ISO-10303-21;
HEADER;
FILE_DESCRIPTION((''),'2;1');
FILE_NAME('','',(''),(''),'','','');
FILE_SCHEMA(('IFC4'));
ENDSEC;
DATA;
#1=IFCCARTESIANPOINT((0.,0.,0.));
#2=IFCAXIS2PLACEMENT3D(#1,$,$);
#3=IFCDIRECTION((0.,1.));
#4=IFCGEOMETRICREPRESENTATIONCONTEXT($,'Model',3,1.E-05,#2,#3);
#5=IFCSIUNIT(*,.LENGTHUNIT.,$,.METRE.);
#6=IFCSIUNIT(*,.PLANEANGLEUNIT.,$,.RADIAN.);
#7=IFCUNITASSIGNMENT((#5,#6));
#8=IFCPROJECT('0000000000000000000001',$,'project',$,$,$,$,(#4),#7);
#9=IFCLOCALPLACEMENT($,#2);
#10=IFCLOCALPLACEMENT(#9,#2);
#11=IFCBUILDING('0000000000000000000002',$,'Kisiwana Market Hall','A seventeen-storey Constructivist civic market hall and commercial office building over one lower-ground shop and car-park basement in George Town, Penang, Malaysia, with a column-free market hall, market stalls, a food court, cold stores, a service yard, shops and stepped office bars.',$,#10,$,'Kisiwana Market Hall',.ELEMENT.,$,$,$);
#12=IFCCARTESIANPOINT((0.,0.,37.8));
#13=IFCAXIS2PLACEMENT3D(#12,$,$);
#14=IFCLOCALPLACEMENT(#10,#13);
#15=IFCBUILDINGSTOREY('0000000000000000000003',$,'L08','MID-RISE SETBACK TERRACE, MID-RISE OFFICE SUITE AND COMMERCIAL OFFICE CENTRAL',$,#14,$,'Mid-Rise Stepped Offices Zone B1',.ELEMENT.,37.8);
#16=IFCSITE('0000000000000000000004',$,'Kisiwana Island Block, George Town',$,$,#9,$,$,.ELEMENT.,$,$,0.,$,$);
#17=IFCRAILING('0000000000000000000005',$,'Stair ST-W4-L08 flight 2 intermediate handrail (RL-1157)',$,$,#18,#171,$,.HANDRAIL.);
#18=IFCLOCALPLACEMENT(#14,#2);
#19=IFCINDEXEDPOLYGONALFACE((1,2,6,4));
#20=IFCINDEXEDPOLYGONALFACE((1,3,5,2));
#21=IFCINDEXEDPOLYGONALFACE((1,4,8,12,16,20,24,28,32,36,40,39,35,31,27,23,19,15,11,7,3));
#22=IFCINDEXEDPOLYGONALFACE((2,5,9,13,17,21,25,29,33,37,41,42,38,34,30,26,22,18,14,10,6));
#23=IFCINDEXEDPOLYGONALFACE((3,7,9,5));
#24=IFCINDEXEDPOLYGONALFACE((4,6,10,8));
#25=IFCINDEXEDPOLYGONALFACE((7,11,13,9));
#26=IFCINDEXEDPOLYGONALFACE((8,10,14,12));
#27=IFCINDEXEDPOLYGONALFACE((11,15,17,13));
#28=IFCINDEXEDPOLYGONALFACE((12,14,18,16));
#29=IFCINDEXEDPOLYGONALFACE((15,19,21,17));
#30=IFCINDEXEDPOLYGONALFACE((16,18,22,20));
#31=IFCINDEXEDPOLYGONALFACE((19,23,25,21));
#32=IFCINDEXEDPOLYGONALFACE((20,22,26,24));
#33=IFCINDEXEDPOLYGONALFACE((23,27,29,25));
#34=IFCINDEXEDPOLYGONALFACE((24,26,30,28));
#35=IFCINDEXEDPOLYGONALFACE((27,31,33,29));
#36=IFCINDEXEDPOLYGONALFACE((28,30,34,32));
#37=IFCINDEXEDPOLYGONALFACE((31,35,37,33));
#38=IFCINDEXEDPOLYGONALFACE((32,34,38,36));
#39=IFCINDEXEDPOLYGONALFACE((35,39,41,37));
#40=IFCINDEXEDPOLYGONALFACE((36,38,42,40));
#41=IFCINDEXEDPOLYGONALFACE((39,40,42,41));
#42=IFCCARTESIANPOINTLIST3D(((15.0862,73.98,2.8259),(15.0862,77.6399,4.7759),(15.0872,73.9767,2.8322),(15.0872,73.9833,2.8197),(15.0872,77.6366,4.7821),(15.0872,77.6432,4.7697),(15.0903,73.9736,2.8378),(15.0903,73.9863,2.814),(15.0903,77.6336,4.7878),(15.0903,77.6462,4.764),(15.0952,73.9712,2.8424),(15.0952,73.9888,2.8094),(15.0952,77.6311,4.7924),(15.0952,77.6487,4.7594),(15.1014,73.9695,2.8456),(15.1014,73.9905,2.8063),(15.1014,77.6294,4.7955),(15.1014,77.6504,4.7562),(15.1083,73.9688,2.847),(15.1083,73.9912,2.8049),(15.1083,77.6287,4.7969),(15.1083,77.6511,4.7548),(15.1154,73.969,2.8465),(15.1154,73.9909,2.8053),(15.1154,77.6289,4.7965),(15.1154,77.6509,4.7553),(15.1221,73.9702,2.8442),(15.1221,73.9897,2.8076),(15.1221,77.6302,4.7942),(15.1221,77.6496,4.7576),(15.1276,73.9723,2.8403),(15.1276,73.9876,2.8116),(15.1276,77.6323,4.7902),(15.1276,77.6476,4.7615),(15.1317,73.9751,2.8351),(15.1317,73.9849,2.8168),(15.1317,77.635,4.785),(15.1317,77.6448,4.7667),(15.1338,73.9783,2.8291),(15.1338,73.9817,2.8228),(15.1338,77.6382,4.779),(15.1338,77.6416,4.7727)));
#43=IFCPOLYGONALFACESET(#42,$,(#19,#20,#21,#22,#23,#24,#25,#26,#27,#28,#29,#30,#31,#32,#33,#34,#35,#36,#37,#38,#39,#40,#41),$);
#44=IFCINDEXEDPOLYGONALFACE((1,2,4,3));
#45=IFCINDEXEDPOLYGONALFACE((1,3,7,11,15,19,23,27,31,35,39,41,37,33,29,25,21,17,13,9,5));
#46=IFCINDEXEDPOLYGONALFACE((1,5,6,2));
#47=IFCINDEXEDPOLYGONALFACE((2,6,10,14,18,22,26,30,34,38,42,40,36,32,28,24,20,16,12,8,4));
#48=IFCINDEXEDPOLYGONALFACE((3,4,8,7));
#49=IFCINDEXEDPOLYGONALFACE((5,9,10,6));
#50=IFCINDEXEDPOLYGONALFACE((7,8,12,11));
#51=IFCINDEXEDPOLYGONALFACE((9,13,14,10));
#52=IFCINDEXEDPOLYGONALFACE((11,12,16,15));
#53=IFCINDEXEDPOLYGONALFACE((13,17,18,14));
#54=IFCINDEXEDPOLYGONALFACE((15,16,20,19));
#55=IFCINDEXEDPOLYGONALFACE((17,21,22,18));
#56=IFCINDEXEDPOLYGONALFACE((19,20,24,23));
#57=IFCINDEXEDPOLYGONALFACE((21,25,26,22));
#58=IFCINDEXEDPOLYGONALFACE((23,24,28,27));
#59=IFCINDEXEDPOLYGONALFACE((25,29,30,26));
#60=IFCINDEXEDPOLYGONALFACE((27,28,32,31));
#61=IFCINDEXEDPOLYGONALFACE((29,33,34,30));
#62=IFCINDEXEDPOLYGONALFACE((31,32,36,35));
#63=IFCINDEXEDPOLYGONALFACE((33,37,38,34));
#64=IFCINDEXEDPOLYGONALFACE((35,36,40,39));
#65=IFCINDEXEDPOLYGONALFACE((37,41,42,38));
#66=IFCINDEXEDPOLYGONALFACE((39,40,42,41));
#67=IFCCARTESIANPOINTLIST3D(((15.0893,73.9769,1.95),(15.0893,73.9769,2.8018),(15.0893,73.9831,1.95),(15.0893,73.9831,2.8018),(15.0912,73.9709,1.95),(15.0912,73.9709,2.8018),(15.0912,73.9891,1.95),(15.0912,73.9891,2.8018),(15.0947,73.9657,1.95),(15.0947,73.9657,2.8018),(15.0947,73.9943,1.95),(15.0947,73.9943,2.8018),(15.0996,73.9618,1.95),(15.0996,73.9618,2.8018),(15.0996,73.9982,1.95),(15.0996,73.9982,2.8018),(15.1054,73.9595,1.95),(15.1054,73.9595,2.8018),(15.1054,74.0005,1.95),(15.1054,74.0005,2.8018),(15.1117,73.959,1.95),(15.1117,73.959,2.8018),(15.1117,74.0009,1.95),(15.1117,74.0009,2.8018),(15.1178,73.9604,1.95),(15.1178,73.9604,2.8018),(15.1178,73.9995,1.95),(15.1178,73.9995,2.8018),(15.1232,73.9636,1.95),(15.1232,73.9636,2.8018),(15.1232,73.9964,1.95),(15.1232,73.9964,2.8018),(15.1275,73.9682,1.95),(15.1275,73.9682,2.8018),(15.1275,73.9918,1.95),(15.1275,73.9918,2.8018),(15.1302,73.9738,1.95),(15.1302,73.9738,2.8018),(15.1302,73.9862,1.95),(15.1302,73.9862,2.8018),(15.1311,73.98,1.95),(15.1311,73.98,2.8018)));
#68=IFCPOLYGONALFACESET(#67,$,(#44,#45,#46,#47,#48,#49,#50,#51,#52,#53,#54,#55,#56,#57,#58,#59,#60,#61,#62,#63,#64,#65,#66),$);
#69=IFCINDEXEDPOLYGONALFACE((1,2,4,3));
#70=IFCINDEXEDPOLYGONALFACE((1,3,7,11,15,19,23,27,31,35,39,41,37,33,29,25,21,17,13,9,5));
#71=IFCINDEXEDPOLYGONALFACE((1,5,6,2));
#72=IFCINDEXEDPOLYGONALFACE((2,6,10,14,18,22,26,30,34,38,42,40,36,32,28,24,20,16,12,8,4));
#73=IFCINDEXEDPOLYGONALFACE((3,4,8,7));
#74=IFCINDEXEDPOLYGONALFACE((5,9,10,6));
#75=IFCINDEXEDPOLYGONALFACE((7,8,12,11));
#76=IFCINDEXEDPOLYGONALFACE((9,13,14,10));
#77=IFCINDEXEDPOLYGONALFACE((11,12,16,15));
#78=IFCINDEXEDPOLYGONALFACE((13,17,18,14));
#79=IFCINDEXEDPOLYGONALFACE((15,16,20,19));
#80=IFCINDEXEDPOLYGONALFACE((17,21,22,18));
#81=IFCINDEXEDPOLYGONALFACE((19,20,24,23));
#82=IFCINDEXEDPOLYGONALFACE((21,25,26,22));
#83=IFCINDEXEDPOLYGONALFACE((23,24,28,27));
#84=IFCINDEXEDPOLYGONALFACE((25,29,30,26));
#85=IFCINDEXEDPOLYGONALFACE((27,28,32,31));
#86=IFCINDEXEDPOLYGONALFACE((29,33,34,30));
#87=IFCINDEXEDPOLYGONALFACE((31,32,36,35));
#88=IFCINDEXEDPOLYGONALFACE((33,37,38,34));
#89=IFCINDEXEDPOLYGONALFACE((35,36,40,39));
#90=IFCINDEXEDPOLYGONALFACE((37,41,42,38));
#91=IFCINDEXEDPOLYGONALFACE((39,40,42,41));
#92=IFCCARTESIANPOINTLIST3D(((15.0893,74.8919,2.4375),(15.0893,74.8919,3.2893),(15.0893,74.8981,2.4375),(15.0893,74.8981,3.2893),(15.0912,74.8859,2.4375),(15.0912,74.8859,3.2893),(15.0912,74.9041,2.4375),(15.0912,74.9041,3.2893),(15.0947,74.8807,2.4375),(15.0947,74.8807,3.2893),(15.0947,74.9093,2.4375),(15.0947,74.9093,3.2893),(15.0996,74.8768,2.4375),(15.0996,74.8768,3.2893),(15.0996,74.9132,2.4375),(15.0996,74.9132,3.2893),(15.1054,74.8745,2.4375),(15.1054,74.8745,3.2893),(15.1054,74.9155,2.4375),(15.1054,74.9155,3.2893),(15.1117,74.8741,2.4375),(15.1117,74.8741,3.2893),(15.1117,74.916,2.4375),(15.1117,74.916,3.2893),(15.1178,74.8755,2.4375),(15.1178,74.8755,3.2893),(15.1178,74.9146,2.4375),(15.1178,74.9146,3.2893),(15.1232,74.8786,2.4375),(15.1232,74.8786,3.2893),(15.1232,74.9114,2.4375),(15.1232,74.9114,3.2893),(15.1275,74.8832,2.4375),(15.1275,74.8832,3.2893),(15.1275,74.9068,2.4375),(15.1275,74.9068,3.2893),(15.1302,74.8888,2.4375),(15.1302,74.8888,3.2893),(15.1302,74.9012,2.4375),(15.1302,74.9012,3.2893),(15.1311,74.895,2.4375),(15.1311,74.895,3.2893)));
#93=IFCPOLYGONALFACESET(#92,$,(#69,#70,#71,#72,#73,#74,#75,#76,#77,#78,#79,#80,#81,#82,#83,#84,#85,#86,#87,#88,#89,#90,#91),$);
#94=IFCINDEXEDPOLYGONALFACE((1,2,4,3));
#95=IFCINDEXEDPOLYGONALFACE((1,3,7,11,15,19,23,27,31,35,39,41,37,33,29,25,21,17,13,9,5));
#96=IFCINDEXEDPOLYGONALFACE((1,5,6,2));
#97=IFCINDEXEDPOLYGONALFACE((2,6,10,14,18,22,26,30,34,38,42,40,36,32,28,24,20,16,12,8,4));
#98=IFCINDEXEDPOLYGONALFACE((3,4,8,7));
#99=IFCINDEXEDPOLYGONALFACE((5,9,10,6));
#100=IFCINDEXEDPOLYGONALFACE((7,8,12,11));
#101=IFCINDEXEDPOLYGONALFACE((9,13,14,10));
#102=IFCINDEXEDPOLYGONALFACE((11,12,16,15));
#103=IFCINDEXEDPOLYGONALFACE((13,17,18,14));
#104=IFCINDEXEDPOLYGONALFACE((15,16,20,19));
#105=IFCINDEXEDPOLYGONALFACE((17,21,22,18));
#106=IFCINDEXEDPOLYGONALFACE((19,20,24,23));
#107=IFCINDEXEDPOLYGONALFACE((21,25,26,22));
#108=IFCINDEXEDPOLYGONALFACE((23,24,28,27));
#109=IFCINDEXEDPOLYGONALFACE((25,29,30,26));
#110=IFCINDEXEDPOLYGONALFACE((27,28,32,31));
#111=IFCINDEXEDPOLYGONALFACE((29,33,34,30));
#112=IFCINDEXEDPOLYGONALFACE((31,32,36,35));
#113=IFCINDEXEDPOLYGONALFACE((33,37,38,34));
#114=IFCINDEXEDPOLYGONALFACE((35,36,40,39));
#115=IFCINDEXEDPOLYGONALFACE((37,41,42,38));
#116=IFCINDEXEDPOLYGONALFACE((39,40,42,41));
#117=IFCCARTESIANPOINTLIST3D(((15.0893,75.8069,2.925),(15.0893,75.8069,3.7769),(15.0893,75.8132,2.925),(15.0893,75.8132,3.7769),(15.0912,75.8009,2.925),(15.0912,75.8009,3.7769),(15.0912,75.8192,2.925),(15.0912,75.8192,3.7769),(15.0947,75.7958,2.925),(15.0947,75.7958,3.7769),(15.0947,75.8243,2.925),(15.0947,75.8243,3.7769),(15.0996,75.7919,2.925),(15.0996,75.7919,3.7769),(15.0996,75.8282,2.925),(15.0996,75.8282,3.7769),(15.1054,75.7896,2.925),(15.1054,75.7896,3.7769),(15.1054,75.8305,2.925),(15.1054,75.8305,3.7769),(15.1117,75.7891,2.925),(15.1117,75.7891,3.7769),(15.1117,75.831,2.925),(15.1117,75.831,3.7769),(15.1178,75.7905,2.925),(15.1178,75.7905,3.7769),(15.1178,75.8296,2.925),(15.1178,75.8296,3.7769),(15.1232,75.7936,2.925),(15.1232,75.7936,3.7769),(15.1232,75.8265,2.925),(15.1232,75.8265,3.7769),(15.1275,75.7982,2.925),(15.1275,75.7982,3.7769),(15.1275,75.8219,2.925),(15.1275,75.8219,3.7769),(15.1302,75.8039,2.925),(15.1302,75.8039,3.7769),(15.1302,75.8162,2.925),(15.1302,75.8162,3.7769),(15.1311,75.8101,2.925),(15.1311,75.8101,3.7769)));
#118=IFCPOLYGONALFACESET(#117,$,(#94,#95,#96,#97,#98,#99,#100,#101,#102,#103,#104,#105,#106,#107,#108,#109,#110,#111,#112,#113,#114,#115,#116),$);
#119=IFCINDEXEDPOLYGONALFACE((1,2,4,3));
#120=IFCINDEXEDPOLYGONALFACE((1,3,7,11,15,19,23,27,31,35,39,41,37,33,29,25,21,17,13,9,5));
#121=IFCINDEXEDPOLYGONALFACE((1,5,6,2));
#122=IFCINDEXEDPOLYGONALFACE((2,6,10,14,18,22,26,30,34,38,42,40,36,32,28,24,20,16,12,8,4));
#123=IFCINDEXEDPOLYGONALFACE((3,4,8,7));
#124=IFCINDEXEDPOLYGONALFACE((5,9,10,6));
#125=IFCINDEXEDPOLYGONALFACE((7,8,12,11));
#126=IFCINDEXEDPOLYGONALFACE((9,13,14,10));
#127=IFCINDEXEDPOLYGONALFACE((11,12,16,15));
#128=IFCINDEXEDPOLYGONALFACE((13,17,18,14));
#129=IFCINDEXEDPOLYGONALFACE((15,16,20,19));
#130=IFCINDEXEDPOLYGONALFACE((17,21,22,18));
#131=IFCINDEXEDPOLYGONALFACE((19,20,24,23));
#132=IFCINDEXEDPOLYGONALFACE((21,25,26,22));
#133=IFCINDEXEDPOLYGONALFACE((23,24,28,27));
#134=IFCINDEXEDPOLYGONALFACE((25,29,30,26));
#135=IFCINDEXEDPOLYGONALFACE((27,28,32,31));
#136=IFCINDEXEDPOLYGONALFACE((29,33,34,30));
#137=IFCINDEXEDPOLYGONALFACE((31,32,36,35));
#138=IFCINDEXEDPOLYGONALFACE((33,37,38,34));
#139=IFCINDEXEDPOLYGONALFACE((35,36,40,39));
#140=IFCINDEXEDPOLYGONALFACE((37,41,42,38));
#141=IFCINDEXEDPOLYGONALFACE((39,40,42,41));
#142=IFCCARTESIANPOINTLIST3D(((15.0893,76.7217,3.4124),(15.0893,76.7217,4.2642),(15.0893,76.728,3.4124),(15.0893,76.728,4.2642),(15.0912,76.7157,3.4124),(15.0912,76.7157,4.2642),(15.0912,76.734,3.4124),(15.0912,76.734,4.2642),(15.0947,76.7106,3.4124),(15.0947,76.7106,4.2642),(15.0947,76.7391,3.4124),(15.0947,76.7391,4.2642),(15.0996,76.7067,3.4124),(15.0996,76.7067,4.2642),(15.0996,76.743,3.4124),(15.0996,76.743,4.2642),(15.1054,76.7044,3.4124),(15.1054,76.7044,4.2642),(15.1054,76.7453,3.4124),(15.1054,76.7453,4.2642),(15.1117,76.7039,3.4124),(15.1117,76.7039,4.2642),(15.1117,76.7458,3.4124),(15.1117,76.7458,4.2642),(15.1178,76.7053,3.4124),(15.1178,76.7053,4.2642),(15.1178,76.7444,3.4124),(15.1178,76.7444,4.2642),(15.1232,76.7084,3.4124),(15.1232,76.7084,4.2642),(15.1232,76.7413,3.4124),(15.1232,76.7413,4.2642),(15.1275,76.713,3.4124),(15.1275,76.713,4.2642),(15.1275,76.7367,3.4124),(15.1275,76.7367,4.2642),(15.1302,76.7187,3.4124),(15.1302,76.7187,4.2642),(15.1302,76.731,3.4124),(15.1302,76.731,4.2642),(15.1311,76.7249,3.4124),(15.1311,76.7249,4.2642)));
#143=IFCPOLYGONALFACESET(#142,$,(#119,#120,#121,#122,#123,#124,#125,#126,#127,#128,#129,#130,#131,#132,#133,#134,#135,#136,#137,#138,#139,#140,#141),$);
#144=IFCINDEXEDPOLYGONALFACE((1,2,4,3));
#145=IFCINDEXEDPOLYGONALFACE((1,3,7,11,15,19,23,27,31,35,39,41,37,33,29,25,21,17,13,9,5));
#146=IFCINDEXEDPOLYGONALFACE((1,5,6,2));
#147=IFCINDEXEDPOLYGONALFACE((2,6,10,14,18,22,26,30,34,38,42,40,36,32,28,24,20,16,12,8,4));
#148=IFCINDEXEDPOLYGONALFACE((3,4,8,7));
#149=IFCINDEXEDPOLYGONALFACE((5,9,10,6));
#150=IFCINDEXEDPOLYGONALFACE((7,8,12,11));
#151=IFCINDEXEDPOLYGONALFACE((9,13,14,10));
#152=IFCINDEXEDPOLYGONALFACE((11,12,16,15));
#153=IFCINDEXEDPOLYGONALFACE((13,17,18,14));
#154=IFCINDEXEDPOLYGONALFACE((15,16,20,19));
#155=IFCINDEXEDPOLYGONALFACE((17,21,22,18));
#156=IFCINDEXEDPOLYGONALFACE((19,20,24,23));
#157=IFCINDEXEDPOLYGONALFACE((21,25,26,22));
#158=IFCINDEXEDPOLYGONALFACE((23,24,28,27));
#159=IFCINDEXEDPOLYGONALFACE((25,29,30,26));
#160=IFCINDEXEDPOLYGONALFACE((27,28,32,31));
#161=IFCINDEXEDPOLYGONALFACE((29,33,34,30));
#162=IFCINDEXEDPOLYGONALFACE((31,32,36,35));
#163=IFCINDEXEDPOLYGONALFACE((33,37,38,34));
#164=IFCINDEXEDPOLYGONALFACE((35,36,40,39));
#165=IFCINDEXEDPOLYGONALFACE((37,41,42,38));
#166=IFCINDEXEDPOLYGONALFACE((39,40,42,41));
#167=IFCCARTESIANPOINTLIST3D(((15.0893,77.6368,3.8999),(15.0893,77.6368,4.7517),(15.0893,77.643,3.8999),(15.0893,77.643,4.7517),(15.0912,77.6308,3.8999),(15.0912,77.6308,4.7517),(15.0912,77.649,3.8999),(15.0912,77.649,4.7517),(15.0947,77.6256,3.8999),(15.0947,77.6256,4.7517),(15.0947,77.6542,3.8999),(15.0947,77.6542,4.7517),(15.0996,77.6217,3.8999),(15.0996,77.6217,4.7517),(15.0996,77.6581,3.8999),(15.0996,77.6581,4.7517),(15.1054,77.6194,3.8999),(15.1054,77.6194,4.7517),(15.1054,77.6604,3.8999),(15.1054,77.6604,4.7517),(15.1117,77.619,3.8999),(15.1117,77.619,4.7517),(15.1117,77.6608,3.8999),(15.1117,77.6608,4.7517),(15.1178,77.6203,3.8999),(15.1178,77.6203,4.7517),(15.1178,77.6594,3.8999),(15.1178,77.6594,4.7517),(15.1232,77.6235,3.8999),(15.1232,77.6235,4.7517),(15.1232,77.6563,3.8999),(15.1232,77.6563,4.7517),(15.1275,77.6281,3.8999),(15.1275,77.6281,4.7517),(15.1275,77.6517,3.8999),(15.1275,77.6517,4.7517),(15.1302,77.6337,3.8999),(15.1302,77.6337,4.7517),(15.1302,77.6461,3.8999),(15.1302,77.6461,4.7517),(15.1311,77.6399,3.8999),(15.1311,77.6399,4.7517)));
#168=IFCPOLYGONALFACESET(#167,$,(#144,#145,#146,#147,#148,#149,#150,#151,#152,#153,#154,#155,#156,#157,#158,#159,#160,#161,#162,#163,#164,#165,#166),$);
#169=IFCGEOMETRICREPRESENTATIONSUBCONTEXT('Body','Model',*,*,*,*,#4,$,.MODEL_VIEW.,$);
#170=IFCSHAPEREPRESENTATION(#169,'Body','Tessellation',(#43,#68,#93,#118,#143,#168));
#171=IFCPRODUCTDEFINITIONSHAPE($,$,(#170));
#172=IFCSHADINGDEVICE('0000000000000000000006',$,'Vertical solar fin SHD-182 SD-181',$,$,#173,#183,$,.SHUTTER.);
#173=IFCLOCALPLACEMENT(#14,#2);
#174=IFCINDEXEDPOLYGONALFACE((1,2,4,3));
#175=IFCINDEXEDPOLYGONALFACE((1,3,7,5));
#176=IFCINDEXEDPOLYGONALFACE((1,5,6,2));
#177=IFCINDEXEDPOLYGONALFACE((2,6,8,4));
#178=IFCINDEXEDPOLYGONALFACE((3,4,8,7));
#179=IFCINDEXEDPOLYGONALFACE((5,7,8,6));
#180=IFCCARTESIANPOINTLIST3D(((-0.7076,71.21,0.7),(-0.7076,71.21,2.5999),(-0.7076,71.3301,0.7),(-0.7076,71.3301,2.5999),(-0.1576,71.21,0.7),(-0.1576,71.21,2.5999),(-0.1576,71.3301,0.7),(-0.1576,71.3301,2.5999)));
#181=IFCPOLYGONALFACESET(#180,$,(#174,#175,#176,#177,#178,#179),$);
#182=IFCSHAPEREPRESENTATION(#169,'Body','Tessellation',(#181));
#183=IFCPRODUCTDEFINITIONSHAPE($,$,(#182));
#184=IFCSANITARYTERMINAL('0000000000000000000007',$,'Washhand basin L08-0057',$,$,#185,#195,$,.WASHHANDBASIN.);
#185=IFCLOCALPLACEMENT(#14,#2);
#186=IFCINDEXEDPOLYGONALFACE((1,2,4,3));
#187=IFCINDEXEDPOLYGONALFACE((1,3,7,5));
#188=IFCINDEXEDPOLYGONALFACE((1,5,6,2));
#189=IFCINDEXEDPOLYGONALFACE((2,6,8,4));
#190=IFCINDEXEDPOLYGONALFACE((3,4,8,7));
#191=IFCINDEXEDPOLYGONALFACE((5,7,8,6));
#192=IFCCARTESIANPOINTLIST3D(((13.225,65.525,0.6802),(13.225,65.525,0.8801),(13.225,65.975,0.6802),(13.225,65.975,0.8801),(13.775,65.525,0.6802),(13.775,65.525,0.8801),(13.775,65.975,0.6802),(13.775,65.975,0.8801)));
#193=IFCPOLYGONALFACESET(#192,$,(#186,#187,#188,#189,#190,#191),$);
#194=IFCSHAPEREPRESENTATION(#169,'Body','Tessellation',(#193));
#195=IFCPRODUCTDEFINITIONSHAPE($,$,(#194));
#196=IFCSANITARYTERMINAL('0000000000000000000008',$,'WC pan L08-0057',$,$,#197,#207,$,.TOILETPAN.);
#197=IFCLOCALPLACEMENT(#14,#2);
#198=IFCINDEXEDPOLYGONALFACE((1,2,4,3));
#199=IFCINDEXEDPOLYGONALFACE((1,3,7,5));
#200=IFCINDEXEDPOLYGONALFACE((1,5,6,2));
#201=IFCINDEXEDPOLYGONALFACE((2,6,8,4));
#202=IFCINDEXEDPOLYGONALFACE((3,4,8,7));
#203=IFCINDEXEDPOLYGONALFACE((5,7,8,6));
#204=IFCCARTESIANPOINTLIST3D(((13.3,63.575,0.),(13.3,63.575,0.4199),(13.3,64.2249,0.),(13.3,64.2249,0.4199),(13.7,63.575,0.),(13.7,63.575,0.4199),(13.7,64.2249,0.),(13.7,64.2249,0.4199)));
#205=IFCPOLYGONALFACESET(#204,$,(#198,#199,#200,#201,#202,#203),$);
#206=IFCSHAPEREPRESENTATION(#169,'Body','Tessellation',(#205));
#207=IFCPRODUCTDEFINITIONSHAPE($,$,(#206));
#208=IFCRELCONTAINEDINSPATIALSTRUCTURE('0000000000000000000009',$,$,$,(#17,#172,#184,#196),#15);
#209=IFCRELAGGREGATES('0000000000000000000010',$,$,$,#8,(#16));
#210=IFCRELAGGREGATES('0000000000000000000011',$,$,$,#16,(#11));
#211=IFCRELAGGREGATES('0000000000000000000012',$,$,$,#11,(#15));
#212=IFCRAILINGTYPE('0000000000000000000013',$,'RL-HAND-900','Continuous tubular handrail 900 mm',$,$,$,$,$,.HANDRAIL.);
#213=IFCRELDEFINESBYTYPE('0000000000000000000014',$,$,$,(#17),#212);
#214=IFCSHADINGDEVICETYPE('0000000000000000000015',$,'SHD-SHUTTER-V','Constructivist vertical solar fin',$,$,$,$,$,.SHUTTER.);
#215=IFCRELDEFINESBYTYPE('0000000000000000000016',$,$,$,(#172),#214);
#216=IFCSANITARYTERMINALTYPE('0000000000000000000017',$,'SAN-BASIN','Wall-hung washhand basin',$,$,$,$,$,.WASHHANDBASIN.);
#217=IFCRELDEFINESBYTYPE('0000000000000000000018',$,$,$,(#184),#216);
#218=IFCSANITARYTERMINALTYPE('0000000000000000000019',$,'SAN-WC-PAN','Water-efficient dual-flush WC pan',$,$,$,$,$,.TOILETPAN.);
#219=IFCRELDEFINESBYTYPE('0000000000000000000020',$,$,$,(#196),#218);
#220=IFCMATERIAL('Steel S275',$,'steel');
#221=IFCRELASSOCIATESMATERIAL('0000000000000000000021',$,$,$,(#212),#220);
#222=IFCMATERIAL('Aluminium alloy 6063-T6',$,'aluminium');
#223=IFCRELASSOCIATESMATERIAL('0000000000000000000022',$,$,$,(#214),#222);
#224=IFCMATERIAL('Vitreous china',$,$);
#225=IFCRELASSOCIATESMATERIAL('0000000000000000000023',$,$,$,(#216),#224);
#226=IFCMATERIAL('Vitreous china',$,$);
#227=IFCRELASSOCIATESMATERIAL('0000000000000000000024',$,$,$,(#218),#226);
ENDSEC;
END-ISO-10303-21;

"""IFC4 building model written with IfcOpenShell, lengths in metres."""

from ifc_helpers import new_model, si_unit, direction, frame, origin, origin_2d, place, context, subcontext, project, spatial, rectangle, circle, extrude, material, type_object, element, save


model = new_model("IFC4")

# Units and contexts
model_context = context("Model", 3, precision=1e-05, world=origin(), true_north=direction((0.0, 1.0)))
body_context = subcontext(model_context, "Body", "Model", "MODEL_VIEW")
ifc_project = project(units=[si_unit("LENGTHUNIT", "METRE"), si_unit("PLANEANGLEUNIT", "RADIAN")], contexts=[model_context])

# Site, building, storey
site_placement = place(None, origin())
site = spatial("IfcSite", under=ifc_project, at=site_placement, Name="Kisiwana Island Block, George Town", CompositionType="ELEMENT", RefElevation=0.0)
building_placement = place(site_placement, origin())
building = spatial("IfcBuilding", under=site, at=building_placement, Name="Kisiwana Market Hall", Description="A seventeen-storey Constructivist civic market hall and commercial office building over one lower-ground shop and car-park basement in George Town, Penang, Malaysia, with a column-free market hall, market stalls, a food court, cold stores, a service yard, shops and stepped office bars.", LongName="Kisiwana Market Hall", CompositionType="ELEMENT")
storey_placement = place(building_placement, frame((0.0, 0.0, 37.8)))
storey = spatial("IfcBuildingStorey", under=building, at=storey_placement, Name="L08", Description="MID-RISE SETBACK TERRACE, MID-RISE OFFICE SUITE AND COMMERCIAL OFFICE CENTRAL", LongName="Mid-Rise Stepped Offices Zone B1", CompositionType="ELEMENT", Elevation=37.8)

# Railing
ifc_material_1 = material(Name="Steel S275", Category="steel")
railing_type_1 = type_object("IfcRailingType", Name="RL-HAND-900", Description="Continuous tubular handrail 900 mm", PredefinedType="HANDRAIL", material=ifc_material_1)
railing_1_placement = place(storey_placement, frame((15.1101, 73.98, 1.95)))
element("IfcRailing", 1, at=railing_1_placement, inside=storey, type_object=railing_type_1, Name="Stair ST-W4-L08 flight 2 intermediate handrail (RL-1157)", PredefinedType="HANDRAIL", context=body_context, shape_type="SweptSolid", body=[
    extrude(circle(Radius=0.0239, at=origin_2d()), frame((0.0, 0.0, 0.876), z_axis=(0.0, 0.882553, 0.470212), x_axis=(-1.0, 0.0, 0.0)), (0.0, 0.0, 1.0), 4.147),
    extrude(circle(Radius=0.021, at=origin_2d()), origin(), (0.0, 0.0, 1.0), 0.8518),
    extrude(circle(Radius=0.021, at=origin_2d()), frame((0.0, 0.915, 0.4875)), (0.0, 0.0, 1.0), 0.8518),
    extrude(circle(Radius=0.021, at=origin_2d()), frame((0.0, 1.8301, 0.9751)), (0.0, 0.0, 1.0), 0.8518),
    extrude(circle(Radius=0.021, at=origin_2d()), frame((0.0, 2.7449, 1.4624)), (0.0, 0.0, 1.0), 0.8518),
    extrude(circle(Radius=0.021, at=origin_2d()), frame((0.0, 3.6599, 1.95)), (0.0, 0.0, 1.0), 0.8518),
])

# Shading device
ifc_material_2 = material(Name="Aluminium alloy 6063-T6", Category="aluminium")
shading_device_type = type_object("IfcShadingDeviceType", Name="SHD-SHUTTER-V", Description="Constructivist vertical solar fin", PredefinedType="SHUTTER", material=ifc_material_2)
shading_device_placement = place(storey_placement, frame((-0.4326, 71.27, 0.7), z_axis=(0.0, 0.0, 1.0), x_axis=(0.0, 1.0, 0.0)))
element("IfcShadingDevice", 2, at=shading_device_placement, inside=storey, type_object=shading_device_type, Name="Vertical solar fin SHD-182 SD-181", PredefinedType="SHUTTER", context=body_context, shape_type="SweptSolid", body=[
    extrude(rectangle(XDim=0.1201, YDim=0.55, at=origin_2d()), origin(), (0.0, 0.0, 1.0), 1.8999),
])

# Sanitary terminals
ifc_material_3 = material(Name="Vitreous china")
sanitary_terminal_type_1 = type_object("IfcSanitaryTerminalType", Name="SAN-BASIN", Description="Wall-hung washhand basin", PredefinedType="WASHHANDBASIN", material=ifc_material_3)
sanitary_terminal_1_placement = place(storey_placement, frame((13.5, 65.75, 0.6802), z_axis=(0.0, 0.0, 1.0), x_axis=(1.0, 0.0, 0.0)))
element("IfcSanitaryTerminal", 3, at=sanitary_terminal_1_placement, inside=storey, type_object=sanitary_terminal_type_1, Name="Washhand basin L08-0057", PredefinedType="WASHHANDBASIN", context=body_context, shape_type="SweptSolid", body=[
    extrude(rectangle(XDim=0.55, YDim=0.45, at=origin_2d()), origin(), (0.0, 0.0, 1.0), 0.2),
])
ifc_material_4 = material(Name="Vitreous china")
sanitary_terminal_type_2 = type_object("IfcSanitaryTerminalType", Name="SAN-WC-PAN", Description="Water-efficient dual-flush WC pan", PredefinedType="TOILETPAN", material=ifc_material_4)
sanitary_terminal_2_placement = place(storey_placement, frame((13.5, 63.8999, 0.0), z_axis=(0.0, 0.0, 1.0), x_axis=(1.0, 0.0, 0.0)))
element("IfcSanitaryTerminal", 4, at=sanitary_terminal_2_placement, inside=storey, type_object=sanitary_terminal_type_2, Name="WC pan L08-0057", PredefinedType="TOILETPAN", context=body_context, shape_type="SweptSolid", body=[
    extrude(rectangle(XDim=0.3999, YDim=0.6499, at=origin_2d()), origin(), (0.0, 0.0, 1.0), 0.4199),
])

save(model, "model.ifc")
